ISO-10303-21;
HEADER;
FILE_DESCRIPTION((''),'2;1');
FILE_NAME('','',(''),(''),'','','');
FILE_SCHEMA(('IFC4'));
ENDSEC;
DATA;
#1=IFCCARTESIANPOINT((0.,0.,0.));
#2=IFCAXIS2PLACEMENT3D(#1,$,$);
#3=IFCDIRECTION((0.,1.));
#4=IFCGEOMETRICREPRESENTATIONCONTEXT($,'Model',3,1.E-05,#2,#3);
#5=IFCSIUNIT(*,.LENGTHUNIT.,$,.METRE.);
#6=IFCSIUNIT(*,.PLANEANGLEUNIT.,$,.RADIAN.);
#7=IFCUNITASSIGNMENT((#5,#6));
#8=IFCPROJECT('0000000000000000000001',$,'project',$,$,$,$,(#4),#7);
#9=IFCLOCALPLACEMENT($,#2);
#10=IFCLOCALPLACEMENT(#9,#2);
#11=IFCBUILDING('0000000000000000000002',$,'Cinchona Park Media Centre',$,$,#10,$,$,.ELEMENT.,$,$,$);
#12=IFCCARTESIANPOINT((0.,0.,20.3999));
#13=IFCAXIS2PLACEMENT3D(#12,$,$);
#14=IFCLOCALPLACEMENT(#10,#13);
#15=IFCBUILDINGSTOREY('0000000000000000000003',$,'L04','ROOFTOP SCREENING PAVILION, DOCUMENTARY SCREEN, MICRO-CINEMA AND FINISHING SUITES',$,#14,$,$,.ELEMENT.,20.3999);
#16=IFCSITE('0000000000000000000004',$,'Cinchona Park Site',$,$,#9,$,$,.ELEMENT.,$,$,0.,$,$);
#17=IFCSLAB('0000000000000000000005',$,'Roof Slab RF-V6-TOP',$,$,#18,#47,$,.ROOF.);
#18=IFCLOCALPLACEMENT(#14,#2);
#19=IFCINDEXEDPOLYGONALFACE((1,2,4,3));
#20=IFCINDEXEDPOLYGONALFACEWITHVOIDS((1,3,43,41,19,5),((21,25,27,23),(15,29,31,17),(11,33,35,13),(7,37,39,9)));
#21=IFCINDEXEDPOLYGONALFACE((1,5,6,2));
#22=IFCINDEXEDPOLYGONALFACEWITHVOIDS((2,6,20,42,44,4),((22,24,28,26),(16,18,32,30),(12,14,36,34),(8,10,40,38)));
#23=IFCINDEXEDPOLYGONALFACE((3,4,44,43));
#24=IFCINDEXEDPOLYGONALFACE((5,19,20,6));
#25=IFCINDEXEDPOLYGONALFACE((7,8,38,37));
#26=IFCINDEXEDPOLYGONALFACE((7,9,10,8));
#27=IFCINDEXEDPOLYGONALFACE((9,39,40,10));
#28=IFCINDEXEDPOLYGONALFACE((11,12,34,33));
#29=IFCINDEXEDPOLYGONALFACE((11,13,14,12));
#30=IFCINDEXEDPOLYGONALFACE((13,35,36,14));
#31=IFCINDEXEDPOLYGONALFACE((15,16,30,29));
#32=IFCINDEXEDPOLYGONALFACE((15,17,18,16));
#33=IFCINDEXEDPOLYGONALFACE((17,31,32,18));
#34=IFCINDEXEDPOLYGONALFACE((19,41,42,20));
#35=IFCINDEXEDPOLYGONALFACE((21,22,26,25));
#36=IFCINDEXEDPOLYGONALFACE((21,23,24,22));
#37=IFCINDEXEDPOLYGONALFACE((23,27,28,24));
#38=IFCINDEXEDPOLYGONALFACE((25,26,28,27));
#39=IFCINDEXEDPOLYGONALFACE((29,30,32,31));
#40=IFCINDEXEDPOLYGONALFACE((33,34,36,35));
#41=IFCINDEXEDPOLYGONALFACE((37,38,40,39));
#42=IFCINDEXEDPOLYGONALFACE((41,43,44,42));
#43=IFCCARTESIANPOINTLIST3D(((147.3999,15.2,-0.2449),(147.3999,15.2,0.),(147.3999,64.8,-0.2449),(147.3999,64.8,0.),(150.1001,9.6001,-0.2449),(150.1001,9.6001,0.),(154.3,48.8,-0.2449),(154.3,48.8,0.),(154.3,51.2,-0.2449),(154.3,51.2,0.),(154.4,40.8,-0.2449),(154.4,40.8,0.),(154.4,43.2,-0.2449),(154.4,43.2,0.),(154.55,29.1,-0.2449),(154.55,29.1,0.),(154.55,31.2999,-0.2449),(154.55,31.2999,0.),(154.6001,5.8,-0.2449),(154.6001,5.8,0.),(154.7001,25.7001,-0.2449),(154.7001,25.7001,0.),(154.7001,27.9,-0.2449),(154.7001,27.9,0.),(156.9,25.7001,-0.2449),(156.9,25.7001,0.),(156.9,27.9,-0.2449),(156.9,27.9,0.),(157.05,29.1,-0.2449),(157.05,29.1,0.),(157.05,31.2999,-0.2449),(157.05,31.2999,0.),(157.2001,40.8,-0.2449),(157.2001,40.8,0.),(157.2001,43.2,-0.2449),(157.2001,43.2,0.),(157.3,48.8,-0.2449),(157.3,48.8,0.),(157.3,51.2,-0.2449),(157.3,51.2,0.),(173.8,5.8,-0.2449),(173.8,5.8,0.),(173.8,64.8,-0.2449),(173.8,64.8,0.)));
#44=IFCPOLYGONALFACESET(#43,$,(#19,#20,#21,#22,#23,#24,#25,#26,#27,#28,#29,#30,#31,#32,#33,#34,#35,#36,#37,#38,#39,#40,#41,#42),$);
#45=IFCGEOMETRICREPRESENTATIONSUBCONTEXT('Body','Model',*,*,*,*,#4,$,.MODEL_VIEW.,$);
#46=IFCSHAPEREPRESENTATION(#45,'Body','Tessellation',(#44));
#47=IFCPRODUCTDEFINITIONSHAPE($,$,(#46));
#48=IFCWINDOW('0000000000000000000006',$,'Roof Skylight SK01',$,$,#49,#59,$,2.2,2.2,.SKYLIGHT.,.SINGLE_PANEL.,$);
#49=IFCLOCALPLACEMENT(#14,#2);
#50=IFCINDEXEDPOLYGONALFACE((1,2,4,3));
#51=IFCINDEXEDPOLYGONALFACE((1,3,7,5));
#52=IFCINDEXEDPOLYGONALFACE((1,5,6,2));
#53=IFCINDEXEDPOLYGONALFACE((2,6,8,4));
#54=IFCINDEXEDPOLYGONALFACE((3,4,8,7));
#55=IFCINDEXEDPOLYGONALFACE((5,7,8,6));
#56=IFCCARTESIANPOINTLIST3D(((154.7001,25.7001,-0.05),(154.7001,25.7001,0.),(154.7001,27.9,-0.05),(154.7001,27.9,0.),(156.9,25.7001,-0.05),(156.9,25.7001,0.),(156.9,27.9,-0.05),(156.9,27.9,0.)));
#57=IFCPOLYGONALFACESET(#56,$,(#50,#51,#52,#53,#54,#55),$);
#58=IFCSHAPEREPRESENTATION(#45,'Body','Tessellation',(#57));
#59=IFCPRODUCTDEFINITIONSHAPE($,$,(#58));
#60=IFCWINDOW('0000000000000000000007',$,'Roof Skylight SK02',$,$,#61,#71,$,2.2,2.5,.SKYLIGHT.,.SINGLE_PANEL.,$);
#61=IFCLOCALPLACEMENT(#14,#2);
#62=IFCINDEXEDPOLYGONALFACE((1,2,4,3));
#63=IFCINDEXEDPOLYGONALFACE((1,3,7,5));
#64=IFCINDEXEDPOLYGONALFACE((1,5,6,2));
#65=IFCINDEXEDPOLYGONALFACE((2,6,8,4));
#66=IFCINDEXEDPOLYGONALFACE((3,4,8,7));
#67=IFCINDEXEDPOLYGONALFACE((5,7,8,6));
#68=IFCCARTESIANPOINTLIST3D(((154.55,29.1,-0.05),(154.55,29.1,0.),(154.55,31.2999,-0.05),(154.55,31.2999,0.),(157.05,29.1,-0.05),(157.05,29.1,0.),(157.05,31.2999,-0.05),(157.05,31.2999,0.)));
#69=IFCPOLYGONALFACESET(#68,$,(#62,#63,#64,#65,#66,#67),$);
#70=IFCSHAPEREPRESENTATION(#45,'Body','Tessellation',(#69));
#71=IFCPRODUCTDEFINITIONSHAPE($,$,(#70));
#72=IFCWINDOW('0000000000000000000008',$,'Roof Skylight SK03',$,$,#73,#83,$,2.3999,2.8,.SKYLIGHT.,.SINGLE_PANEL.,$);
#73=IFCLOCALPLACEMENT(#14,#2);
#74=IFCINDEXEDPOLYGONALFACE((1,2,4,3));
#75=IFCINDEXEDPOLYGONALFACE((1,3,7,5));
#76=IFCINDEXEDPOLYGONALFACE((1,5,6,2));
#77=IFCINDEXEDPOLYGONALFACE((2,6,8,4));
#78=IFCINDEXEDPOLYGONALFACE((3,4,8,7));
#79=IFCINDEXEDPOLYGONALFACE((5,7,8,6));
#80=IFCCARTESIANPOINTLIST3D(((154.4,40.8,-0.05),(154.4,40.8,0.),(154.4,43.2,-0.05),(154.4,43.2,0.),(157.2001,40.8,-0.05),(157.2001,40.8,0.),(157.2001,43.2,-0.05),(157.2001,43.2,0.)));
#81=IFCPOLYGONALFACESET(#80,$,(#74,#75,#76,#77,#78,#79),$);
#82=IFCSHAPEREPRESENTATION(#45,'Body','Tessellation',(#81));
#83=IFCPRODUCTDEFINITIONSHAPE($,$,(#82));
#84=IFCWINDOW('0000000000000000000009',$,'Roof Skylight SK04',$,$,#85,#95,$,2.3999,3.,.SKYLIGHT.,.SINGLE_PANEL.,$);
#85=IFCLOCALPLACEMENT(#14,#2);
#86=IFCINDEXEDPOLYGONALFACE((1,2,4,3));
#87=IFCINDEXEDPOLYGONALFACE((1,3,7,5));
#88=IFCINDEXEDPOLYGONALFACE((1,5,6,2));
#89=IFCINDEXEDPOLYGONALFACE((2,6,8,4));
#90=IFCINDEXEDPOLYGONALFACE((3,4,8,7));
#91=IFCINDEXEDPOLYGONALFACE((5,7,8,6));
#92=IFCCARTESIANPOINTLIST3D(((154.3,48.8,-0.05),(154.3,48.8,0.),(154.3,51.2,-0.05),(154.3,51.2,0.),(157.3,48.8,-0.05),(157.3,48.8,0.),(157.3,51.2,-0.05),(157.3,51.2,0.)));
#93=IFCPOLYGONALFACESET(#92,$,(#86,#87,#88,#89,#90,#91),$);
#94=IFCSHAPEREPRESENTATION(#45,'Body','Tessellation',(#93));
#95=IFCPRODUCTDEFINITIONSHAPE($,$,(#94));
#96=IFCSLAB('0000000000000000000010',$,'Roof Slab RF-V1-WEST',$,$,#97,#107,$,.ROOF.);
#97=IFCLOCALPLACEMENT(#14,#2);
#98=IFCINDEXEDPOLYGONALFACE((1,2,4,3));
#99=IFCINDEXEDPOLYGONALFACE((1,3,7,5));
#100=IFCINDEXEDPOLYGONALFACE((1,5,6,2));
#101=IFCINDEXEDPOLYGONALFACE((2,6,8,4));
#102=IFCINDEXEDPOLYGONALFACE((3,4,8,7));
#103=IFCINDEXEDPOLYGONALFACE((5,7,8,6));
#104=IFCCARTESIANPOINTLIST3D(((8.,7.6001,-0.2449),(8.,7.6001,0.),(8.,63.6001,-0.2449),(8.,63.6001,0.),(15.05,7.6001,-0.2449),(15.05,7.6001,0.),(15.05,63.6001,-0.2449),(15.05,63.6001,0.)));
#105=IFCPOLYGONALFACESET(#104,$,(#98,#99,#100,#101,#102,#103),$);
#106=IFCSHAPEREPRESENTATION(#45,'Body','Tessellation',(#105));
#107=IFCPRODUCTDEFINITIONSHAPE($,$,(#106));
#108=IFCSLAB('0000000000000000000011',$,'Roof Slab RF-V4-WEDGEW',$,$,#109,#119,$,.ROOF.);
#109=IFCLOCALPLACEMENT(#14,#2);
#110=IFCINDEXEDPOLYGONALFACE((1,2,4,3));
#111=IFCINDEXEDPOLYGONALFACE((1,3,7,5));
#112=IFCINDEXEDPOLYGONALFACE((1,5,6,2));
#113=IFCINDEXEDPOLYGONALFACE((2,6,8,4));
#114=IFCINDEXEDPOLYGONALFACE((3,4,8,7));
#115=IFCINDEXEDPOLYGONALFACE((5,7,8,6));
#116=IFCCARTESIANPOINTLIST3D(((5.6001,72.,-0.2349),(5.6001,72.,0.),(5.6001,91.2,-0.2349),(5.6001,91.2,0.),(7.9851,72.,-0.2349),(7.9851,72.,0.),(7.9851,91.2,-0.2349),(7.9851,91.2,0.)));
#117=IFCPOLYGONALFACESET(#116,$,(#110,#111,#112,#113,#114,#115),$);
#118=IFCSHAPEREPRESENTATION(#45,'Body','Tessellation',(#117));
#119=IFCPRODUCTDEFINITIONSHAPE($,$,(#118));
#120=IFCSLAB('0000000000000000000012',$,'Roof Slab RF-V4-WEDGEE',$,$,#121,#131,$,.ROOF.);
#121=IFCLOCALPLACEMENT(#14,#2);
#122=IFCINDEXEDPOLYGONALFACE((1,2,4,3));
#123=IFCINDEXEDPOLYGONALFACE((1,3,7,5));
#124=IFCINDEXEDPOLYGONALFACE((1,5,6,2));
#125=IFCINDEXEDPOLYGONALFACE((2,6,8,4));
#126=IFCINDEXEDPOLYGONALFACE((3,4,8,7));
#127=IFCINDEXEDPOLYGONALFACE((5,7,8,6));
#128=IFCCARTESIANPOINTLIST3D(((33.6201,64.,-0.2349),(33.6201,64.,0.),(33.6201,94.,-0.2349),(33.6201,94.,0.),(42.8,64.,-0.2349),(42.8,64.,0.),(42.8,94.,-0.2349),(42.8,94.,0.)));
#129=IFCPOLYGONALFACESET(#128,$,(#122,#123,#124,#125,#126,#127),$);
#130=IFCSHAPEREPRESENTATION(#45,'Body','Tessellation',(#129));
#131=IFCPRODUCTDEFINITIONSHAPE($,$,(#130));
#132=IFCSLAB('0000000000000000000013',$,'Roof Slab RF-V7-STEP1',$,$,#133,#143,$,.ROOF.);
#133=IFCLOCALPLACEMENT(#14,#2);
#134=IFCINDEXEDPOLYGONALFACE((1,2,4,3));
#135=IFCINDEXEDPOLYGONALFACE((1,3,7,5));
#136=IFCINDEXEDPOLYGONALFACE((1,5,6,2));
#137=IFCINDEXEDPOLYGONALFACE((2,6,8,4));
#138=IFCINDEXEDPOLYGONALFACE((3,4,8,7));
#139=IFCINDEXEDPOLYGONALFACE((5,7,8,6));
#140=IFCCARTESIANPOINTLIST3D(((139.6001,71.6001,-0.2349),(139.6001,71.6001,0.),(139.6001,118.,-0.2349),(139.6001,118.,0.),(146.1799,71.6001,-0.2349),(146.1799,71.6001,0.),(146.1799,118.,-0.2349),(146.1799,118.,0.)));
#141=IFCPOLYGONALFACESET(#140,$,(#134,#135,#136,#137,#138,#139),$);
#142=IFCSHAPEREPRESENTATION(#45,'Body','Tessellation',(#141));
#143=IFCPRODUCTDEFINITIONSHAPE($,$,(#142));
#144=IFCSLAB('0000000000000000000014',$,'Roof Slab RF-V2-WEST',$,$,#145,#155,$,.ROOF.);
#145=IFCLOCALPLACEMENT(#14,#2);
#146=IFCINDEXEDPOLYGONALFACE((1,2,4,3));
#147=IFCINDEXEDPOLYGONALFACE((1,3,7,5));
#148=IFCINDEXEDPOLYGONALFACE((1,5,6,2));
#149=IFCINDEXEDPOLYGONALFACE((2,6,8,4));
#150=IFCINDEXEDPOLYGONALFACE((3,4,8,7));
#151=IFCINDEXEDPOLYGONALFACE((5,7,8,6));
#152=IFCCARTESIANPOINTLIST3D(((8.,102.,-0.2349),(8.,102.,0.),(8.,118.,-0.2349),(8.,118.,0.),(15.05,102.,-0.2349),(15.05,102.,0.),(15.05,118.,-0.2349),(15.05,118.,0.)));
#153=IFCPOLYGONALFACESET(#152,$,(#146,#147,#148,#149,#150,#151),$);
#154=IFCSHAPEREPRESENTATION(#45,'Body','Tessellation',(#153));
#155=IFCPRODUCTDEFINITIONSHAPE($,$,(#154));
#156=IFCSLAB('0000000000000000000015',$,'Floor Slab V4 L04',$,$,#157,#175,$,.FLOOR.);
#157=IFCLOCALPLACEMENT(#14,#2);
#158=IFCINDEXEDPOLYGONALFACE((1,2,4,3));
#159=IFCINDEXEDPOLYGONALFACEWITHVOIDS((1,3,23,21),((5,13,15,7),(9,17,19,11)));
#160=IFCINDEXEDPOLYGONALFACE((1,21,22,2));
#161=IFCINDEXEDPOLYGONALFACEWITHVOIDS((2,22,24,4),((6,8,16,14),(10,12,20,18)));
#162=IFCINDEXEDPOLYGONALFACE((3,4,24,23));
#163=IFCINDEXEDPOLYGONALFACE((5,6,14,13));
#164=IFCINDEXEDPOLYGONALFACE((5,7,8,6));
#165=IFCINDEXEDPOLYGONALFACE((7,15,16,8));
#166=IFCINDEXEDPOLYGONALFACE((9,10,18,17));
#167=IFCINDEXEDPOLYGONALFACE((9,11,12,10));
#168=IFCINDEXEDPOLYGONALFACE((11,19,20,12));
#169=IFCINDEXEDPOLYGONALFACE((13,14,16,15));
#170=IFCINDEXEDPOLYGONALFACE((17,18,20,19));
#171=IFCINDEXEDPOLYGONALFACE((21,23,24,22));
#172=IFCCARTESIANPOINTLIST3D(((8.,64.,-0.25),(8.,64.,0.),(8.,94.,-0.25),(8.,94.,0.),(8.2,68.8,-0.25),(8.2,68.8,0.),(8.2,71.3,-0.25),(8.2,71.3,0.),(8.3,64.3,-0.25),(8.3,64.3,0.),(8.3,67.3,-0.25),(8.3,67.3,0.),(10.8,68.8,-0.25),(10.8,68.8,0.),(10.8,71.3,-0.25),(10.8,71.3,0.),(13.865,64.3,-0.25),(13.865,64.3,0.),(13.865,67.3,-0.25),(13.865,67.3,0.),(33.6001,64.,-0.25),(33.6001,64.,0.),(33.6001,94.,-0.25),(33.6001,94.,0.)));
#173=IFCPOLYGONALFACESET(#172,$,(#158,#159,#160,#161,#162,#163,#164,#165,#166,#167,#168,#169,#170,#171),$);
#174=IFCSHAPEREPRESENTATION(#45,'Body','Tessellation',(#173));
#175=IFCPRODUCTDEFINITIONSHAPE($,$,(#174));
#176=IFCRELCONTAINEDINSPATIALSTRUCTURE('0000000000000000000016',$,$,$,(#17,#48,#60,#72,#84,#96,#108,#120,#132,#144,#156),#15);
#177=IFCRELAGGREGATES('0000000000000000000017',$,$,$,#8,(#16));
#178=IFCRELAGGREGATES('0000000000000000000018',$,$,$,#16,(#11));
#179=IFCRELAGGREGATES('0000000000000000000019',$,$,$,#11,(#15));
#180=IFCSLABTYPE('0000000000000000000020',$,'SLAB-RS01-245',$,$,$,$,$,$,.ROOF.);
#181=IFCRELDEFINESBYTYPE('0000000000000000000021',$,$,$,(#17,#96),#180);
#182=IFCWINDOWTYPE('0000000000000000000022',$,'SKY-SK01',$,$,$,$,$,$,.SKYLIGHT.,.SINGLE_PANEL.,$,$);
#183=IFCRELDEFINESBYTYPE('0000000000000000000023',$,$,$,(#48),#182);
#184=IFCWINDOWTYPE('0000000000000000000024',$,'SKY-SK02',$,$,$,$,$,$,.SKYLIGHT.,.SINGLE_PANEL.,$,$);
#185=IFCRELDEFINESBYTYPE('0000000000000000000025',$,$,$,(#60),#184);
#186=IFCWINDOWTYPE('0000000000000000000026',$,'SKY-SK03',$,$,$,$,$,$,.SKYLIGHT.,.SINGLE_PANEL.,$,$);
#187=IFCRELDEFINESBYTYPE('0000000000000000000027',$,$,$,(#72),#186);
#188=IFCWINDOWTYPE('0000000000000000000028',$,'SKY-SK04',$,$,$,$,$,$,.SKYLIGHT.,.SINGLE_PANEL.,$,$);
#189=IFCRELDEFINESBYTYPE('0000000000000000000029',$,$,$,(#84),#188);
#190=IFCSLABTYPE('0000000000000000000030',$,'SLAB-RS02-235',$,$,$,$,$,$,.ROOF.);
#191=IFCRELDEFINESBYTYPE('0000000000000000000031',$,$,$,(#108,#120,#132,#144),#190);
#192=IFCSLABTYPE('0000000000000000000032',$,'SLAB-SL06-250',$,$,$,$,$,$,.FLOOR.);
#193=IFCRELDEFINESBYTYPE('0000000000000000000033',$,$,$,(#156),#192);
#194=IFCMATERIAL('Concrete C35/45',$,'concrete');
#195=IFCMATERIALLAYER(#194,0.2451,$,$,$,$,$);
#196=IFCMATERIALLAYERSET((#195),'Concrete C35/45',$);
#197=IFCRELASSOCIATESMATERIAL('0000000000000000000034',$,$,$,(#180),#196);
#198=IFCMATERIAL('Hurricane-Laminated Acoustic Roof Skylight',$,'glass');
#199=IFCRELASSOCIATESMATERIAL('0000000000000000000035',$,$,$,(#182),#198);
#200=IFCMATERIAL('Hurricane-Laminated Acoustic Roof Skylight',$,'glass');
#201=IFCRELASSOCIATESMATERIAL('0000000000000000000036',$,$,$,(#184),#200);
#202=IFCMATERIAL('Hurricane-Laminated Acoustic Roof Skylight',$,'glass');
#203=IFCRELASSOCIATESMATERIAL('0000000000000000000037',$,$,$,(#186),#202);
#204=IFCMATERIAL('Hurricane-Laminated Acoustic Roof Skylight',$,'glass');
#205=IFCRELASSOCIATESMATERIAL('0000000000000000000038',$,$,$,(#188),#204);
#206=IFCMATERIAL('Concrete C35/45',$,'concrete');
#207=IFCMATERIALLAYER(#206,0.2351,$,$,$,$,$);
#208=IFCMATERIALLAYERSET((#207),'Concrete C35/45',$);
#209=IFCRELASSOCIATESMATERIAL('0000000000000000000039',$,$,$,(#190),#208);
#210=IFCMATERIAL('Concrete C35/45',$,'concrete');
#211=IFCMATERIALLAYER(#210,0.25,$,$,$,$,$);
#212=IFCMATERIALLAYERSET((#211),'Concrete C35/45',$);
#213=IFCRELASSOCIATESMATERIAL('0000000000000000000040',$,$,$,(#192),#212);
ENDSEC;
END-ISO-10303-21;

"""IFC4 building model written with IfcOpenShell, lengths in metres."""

from ifc_helpers import new_model, si_unit, direction, frame, origin, origin_2d, place, context, subcontext, project, spatial, polyline, rectangle, outline, extrude, material, layer, layer_set, type_object, element, fill, save


model = new_model("IFC4")

# Units and contexts
model_context = context("Model", 3, precision=1e-05, world=origin(), true_north=direction((0.0, 1.0)))
body_context = subcontext(model_context, "Body", "Model", "MODEL_VIEW")
ifc_project = project(units=[si_unit("LENGTHUNIT", "METRE"), si_unit("PLANEANGLEUNIT", "RADIAN")], contexts=[model_context])

# Site, building, storey
site_placement = place(None, origin())
site = spatial("IfcSite", under=ifc_project, at=site_placement, Name="Cinchona Park Site", CompositionType="ELEMENT", RefElevation=0.0)
building_placement = place(site_placement, origin())
building = spatial("IfcBuilding", under=site, at=building_placement, Name="Cinchona Park Media Centre", CompositionType="ELEMENT")
storey_placement = place(building_placement, frame((0.0, 0.0, 20.3999)))
storey = spatial("IfcBuildingStorey", under=building, at=storey_placement, Name="L04", Description="ROOFTOP SCREENING PAVILION, DOCUMENTARY SCREEN, MICRO-CINEMA AND FINISHING SUITES", CompositionType="ELEMENT", Elevation=20.3999)

# Slab, openings, windows
ifc_material_1 = material(Name="Concrete C35/45", Category="concrete")
ifc_layer_1 = layer(ifc_material_1, 0.2451)
ifc_layer_set_1 = layer_set([ifc_layer_1], Name="Concrete C35/45")
slab_type_1 = type_object("IfcSlabType", Name="SLAB-RS01-245", PredefinedType="ROOF", material=ifc_layer_set_1)
slab_1_placement = place(storey_placement, frame((0.0, 0.0, -0.2449)))
slab_1 = element("IfcSlab", 1, at=slab_1_placement, inside=storey, type_object=slab_type_1, Name="Roof Slab RF-V6-TOP", PredefinedType="ROOF", context=body_context, shape_type="SweptSolid", body=[
    extrude(outline(polyline([(154.6001, 5.8), (173.8, 5.8), (173.8, 64.8), (147.3999, 64.8), (147.3999, 15.2), (150.1001, 9.6001), (154.6001, 5.8)])), origin(), (0.0, 0.0, 1.0), 0.2449),
])
opening_1_placement = place(slab_1_placement, frame((155.8, 26.8, 0.0)))
opening_1 = element("IfcOpeningElement", 2, at=opening_1_placement, cuts=slab_1, PredefinedType="OPENING", context=body_context, shape_type="SweptSolid", body=[
    extrude(rectangle(XDim=2.2, YDim=2.2, at=origin_2d()), origin(), (0.0, 0.0, 1.0), 0.2449),
])
opening_2_placement = place(slab_1_placement, frame((155.8, 30.2, 0.0)))
opening_2 = element("IfcOpeningElement", 3, at=opening_2_placement, cuts=slab_1, PredefinedType="OPENING", context=body_context, shape_type="SweptSolid", body=[
    extrude(rectangle(XDim=2.5, YDim=2.2, at=origin_2d()), origin(), (0.0, 0.0, 1.0), 0.2449),
])
opening_3_placement = place(slab_1_placement, frame((155.8, 42.0, 0.0)))
opening_3 = element("IfcOpeningElement", 4, at=opening_3_placement, cuts=slab_1, PredefinedType="OPENING", context=body_context, shape_type="SweptSolid", body=[
    extrude(rectangle(XDim=2.8, YDim=2.3999, at=origin_2d()), origin(), (0.0, 0.0, 1.0), 0.2449),
])
opening_4_placement = place(slab_1_placement, frame((155.8, 50.0, 0.0)))
opening_4 = element("IfcOpeningElement", 5, at=opening_4_placement, cuts=slab_1, PredefinedType="OPENING", context=body_context, shape_type="SweptSolid", body=[
    extrude(rectangle(XDim=3.0, YDim=2.3999, at=origin_2d()), origin(), (0.0, 0.0, 1.0), 0.2449),
])
ifc_material_2 = material(Name="Hurricane-Laminated Acoustic Roof Skylight", Category="glass")
window_type_1 = type_object("IfcWindowType", Name="SKY-SK01", PartitioningType="SINGLE_PANEL", PredefinedType="SKYLIGHT", material=ifc_material_2)
window_1_placement = place(opening_1_placement, frame((0.0, 0.0, 0.1948)))
window_1 = element("IfcWindow", 6, at=window_1_placement, inside=storey, type_object=window_type_1, Name="Roof Skylight SK01", OverallHeight=2.2, OverallWidth=2.2, PartitioningType="SINGLE_PANEL", PredefinedType="SKYLIGHT", context=body_context, shape_type="SweptSolid", body=[
    extrude(rectangle(XDim=2.2, YDim=2.2, at=origin_2d()), origin(), (0.0, 0.0, 1.0), 0.05),
])
fill(opening_1, window_1)
ifc_material_3 = material(Name="Hurricane-Laminated Acoustic Roof Skylight", Category="glass")
window_type_2 = type_object("IfcWindowType", Name="SKY-SK02", PartitioningType="SINGLE_PANEL", PredefinedType="SKYLIGHT", material=ifc_material_3)
window_2_placement = place(opening_2_placement, frame((0.0, 0.0, 0.1948)))
window_2 = element("IfcWindow", 7, at=window_2_placement, inside=storey, type_object=window_type_2, Name="Roof Skylight SK02", OverallHeight=2.2, OverallWidth=2.5, PartitioningType="SINGLE_PANEL", PredefinedType="SKYLIGHT", context=body_context, shape_type="SweptSolid", body=[
    extrude(rectangle(XDim=2.5, YDim=2.2, at=origin_2d()), origin(), (0.0, 0.0, 1.0), 0.05),
])
fill(opening_2, window_2)
ifc_material_4 = material(Name="Hurricane-Laminated Acoustic Roof Skylight", Category="glass")
window_type_3 = type_object("IfcWindowType", Name="SKY-SK03", PartitioningType="SINGLE_PANEL", PredefinedType="SKYLIGHT", material=ifc_material_4)
window_3_placement = place(opening_3_placement, frame((0.0, 0.0, 0.1948)))
window_3 = element("IfcWindow", 8, at=window_3_placement, inside=storey, type_object=window_type_3, Name="Roof Skylight SK03", OverallHeight=2.3999, OverallWidth=2.8, PartitioningType="SINGLE_PANEL", PredefinedType="SKYLIGHT", context=body_context, shape_type="SweptSolid", body=[
    extrude(rectangle(XDim=2.8, YDim=2.3999, at=origin_2d()), origin(), (0.0, 0.0, 1.0), 0.05),
])
fill(opening_3, window_3)
ifc_material_5 = material(Name="Hurricane-Laminated Acoustic Roof Skylight", Category="glass")
window_type_4 = type_object("IfcWindowType", Name="SKY-SK04", PartitioningType="SINGLE_PANEL", PredefinedType="SKYLIGHT", material=ifc_material_5)
window_4_placement = place(opening_4_placement, frame((0.0, 0.0, 0.1948)))
window_4 = element("IfcWindow", 9, at=window_4_placement, inside=storey, type_object=window_type_4, Name="Roof Skylight SK04", OverallHeight=2.3999, OverallWidth=3.0, PartitioningType="SINGLE_PANEL", PredefinedType="SKYLIGHT", context=body_context, shape_type="SweptSolid", body=[
    extrude(rectangle(XDim=3.0, YDim=2.3999, at=origin_2d()), origin(), (0.0, 0.0, 1.0), 0.05),
])
fill(opening_4, window_4)

# Slabs
slab_2_placement = place(storey_placement, frame((0.0, 0.0, -0.2449)))
element("IfcSlab", 10, at=slab_2_placement, inside=storey, type_object=slab_type_1, Name="Roof Slab RF-V1-WEST", PredefinedType="ROOF", context=body_context, shape_type="SweptSolid", body=[
    extrude(outline(polyline([(8.0, 7.6001), (15.05, 7.6001), (15.05, 63.6001), (8.0, 63.6001), (8.0, 7.6001)])), origin(), (0.0, 0.0, 1.0), 0.2449),
])
ifc_material_6 = material(Name="Concrete C35/45", Category="concrete")
ifc_layer_2 = layer(ifc_material_6, 0.2351)
ifc_layer_set_2 = layer_set([ifc_layer_2], Name="Concrete C35/45")
slab_type_2 = type_object("IfcSlabType", Name="SLAB-RS02-235", PredefinedType="ROOF", material=ifc_layer_set_2)
slab_3_placement = place(storey_placement, frame((0.0, 0.0, -0.2349)))
element("IfcSlab", 11, at=slab_3_placement, inside=storey, type_object=slab_type_2, Name="Roof Slab RF-V4-WEDGEW", PredefinedType="ROOF", context=body_context, shape_type="SweptSolid", body=[
    extrude(outline(polyline([(5.6001, 72.0), (7.9851, 72.0), (7.9851, 91.2), (5.6001, 91.2), (5.6001, 72.0)])), origin(), (0.0, 0.0, 1.0), 0.2349),
])
slab_4_placement = place(storey_placement, frame((0.0, 0.0, -0.2349)))
element("IfcSlab", 12, at=slab_4_placement, inside=storey, type_object=slab_type_2, Name="Roof Slab RF-V4-WEDGEE", PredefinedType="ROOF", context=body_context, shape_type="SweptSolid", body=[
    extrude(outline(polyline([(33.6201, 64.0), (42.8, 64.0), (42.8, 94.0), (33.6201, 94.0), (33.6201, 64.0)])), origin(), (0.0, 0.0, 1.0), 0.2349),
])
slab_5_placement = place(storey_placement, frame((0.0, 0.0, -0.2349)))
element("IfcSlab", 13, at=slab_5_placement, inside=storey, type_object=slab_type_2, Name="Roof Slab RF-V7-STEP1", PredefinedType="ROOF", context=body_context, shape_type="SweptSolid", body=[
    extrude(outline(polyline([(139.6001, 71.6001), (146.1799, 71.6001), (146.1799, 118.0), (139.6001, 118.0), (139.6001, 71.6001)])), origin(), (0.0, 0.0, 1.0), 0.2349),
])
slab_6_placement = place(storey_placement, frame((0.0, 0.0, -0.2349)))
element("IfcSlab", 14, at=slab_6_placement, inside=storey, type_object=slab_type_2, Name="Roof Slab RF-V2-WEST", PredefinedType="ROOF", context=body_context, shape_type="SweptSolid", body=[
    extrude(outline(polyline([(8.0, 102.0), (15.05, 102.0), (15.05, 118.0), (8.0, 118.0), (8.0, 102.0)])), origin(), (0.0, 0.0, 1.0), 0.2349),
])
ifc_material_7 = material(Name="Concrete C35/45", Category="concrete")
ifc_layer_3 = layer(ifc_material_7, 0.25)
ifc_layer_set_3 = layer_set([ifc_layer_3], Name="Concrete C35/45")
slab_type_3 = type_object("IfcSlabType", Name="SLAB-SL06-250", PredefinedType="FLOOR", material=ifc_layer_set_3)
slab_7_placement = place(storey_placement, frame((0.0, 0.0, -0.25)))
element("IfcSlab", 15, at=slab_7_placement, inside=storey, type_object=slab_type_3, Name="Floor Slab V4 L04", PredefinedType="FLOOR", context=body_context, shape_type="SweptSolid", body=[
    extrude(outline(polyline([(8.0, 64.0), (33.6001, 64.0), (33.6001, 94.0), (8.0, 94.0), (8.0, 64.0)]), holes=[polyline([(8.3, 64.3), (13.865, 64.3), (13.865, 67.3), (8.3, 67.3), (8.3, 64.3)]), polyline([(8.2, 68.8), (10.8, 68.8), (10.8, 71.3), (8.2, 71.3), (8.2, 68.8)])]), origin(), (0.0, 0.0, 1.0), 0.25),
])

save(model, "model.ifc")
